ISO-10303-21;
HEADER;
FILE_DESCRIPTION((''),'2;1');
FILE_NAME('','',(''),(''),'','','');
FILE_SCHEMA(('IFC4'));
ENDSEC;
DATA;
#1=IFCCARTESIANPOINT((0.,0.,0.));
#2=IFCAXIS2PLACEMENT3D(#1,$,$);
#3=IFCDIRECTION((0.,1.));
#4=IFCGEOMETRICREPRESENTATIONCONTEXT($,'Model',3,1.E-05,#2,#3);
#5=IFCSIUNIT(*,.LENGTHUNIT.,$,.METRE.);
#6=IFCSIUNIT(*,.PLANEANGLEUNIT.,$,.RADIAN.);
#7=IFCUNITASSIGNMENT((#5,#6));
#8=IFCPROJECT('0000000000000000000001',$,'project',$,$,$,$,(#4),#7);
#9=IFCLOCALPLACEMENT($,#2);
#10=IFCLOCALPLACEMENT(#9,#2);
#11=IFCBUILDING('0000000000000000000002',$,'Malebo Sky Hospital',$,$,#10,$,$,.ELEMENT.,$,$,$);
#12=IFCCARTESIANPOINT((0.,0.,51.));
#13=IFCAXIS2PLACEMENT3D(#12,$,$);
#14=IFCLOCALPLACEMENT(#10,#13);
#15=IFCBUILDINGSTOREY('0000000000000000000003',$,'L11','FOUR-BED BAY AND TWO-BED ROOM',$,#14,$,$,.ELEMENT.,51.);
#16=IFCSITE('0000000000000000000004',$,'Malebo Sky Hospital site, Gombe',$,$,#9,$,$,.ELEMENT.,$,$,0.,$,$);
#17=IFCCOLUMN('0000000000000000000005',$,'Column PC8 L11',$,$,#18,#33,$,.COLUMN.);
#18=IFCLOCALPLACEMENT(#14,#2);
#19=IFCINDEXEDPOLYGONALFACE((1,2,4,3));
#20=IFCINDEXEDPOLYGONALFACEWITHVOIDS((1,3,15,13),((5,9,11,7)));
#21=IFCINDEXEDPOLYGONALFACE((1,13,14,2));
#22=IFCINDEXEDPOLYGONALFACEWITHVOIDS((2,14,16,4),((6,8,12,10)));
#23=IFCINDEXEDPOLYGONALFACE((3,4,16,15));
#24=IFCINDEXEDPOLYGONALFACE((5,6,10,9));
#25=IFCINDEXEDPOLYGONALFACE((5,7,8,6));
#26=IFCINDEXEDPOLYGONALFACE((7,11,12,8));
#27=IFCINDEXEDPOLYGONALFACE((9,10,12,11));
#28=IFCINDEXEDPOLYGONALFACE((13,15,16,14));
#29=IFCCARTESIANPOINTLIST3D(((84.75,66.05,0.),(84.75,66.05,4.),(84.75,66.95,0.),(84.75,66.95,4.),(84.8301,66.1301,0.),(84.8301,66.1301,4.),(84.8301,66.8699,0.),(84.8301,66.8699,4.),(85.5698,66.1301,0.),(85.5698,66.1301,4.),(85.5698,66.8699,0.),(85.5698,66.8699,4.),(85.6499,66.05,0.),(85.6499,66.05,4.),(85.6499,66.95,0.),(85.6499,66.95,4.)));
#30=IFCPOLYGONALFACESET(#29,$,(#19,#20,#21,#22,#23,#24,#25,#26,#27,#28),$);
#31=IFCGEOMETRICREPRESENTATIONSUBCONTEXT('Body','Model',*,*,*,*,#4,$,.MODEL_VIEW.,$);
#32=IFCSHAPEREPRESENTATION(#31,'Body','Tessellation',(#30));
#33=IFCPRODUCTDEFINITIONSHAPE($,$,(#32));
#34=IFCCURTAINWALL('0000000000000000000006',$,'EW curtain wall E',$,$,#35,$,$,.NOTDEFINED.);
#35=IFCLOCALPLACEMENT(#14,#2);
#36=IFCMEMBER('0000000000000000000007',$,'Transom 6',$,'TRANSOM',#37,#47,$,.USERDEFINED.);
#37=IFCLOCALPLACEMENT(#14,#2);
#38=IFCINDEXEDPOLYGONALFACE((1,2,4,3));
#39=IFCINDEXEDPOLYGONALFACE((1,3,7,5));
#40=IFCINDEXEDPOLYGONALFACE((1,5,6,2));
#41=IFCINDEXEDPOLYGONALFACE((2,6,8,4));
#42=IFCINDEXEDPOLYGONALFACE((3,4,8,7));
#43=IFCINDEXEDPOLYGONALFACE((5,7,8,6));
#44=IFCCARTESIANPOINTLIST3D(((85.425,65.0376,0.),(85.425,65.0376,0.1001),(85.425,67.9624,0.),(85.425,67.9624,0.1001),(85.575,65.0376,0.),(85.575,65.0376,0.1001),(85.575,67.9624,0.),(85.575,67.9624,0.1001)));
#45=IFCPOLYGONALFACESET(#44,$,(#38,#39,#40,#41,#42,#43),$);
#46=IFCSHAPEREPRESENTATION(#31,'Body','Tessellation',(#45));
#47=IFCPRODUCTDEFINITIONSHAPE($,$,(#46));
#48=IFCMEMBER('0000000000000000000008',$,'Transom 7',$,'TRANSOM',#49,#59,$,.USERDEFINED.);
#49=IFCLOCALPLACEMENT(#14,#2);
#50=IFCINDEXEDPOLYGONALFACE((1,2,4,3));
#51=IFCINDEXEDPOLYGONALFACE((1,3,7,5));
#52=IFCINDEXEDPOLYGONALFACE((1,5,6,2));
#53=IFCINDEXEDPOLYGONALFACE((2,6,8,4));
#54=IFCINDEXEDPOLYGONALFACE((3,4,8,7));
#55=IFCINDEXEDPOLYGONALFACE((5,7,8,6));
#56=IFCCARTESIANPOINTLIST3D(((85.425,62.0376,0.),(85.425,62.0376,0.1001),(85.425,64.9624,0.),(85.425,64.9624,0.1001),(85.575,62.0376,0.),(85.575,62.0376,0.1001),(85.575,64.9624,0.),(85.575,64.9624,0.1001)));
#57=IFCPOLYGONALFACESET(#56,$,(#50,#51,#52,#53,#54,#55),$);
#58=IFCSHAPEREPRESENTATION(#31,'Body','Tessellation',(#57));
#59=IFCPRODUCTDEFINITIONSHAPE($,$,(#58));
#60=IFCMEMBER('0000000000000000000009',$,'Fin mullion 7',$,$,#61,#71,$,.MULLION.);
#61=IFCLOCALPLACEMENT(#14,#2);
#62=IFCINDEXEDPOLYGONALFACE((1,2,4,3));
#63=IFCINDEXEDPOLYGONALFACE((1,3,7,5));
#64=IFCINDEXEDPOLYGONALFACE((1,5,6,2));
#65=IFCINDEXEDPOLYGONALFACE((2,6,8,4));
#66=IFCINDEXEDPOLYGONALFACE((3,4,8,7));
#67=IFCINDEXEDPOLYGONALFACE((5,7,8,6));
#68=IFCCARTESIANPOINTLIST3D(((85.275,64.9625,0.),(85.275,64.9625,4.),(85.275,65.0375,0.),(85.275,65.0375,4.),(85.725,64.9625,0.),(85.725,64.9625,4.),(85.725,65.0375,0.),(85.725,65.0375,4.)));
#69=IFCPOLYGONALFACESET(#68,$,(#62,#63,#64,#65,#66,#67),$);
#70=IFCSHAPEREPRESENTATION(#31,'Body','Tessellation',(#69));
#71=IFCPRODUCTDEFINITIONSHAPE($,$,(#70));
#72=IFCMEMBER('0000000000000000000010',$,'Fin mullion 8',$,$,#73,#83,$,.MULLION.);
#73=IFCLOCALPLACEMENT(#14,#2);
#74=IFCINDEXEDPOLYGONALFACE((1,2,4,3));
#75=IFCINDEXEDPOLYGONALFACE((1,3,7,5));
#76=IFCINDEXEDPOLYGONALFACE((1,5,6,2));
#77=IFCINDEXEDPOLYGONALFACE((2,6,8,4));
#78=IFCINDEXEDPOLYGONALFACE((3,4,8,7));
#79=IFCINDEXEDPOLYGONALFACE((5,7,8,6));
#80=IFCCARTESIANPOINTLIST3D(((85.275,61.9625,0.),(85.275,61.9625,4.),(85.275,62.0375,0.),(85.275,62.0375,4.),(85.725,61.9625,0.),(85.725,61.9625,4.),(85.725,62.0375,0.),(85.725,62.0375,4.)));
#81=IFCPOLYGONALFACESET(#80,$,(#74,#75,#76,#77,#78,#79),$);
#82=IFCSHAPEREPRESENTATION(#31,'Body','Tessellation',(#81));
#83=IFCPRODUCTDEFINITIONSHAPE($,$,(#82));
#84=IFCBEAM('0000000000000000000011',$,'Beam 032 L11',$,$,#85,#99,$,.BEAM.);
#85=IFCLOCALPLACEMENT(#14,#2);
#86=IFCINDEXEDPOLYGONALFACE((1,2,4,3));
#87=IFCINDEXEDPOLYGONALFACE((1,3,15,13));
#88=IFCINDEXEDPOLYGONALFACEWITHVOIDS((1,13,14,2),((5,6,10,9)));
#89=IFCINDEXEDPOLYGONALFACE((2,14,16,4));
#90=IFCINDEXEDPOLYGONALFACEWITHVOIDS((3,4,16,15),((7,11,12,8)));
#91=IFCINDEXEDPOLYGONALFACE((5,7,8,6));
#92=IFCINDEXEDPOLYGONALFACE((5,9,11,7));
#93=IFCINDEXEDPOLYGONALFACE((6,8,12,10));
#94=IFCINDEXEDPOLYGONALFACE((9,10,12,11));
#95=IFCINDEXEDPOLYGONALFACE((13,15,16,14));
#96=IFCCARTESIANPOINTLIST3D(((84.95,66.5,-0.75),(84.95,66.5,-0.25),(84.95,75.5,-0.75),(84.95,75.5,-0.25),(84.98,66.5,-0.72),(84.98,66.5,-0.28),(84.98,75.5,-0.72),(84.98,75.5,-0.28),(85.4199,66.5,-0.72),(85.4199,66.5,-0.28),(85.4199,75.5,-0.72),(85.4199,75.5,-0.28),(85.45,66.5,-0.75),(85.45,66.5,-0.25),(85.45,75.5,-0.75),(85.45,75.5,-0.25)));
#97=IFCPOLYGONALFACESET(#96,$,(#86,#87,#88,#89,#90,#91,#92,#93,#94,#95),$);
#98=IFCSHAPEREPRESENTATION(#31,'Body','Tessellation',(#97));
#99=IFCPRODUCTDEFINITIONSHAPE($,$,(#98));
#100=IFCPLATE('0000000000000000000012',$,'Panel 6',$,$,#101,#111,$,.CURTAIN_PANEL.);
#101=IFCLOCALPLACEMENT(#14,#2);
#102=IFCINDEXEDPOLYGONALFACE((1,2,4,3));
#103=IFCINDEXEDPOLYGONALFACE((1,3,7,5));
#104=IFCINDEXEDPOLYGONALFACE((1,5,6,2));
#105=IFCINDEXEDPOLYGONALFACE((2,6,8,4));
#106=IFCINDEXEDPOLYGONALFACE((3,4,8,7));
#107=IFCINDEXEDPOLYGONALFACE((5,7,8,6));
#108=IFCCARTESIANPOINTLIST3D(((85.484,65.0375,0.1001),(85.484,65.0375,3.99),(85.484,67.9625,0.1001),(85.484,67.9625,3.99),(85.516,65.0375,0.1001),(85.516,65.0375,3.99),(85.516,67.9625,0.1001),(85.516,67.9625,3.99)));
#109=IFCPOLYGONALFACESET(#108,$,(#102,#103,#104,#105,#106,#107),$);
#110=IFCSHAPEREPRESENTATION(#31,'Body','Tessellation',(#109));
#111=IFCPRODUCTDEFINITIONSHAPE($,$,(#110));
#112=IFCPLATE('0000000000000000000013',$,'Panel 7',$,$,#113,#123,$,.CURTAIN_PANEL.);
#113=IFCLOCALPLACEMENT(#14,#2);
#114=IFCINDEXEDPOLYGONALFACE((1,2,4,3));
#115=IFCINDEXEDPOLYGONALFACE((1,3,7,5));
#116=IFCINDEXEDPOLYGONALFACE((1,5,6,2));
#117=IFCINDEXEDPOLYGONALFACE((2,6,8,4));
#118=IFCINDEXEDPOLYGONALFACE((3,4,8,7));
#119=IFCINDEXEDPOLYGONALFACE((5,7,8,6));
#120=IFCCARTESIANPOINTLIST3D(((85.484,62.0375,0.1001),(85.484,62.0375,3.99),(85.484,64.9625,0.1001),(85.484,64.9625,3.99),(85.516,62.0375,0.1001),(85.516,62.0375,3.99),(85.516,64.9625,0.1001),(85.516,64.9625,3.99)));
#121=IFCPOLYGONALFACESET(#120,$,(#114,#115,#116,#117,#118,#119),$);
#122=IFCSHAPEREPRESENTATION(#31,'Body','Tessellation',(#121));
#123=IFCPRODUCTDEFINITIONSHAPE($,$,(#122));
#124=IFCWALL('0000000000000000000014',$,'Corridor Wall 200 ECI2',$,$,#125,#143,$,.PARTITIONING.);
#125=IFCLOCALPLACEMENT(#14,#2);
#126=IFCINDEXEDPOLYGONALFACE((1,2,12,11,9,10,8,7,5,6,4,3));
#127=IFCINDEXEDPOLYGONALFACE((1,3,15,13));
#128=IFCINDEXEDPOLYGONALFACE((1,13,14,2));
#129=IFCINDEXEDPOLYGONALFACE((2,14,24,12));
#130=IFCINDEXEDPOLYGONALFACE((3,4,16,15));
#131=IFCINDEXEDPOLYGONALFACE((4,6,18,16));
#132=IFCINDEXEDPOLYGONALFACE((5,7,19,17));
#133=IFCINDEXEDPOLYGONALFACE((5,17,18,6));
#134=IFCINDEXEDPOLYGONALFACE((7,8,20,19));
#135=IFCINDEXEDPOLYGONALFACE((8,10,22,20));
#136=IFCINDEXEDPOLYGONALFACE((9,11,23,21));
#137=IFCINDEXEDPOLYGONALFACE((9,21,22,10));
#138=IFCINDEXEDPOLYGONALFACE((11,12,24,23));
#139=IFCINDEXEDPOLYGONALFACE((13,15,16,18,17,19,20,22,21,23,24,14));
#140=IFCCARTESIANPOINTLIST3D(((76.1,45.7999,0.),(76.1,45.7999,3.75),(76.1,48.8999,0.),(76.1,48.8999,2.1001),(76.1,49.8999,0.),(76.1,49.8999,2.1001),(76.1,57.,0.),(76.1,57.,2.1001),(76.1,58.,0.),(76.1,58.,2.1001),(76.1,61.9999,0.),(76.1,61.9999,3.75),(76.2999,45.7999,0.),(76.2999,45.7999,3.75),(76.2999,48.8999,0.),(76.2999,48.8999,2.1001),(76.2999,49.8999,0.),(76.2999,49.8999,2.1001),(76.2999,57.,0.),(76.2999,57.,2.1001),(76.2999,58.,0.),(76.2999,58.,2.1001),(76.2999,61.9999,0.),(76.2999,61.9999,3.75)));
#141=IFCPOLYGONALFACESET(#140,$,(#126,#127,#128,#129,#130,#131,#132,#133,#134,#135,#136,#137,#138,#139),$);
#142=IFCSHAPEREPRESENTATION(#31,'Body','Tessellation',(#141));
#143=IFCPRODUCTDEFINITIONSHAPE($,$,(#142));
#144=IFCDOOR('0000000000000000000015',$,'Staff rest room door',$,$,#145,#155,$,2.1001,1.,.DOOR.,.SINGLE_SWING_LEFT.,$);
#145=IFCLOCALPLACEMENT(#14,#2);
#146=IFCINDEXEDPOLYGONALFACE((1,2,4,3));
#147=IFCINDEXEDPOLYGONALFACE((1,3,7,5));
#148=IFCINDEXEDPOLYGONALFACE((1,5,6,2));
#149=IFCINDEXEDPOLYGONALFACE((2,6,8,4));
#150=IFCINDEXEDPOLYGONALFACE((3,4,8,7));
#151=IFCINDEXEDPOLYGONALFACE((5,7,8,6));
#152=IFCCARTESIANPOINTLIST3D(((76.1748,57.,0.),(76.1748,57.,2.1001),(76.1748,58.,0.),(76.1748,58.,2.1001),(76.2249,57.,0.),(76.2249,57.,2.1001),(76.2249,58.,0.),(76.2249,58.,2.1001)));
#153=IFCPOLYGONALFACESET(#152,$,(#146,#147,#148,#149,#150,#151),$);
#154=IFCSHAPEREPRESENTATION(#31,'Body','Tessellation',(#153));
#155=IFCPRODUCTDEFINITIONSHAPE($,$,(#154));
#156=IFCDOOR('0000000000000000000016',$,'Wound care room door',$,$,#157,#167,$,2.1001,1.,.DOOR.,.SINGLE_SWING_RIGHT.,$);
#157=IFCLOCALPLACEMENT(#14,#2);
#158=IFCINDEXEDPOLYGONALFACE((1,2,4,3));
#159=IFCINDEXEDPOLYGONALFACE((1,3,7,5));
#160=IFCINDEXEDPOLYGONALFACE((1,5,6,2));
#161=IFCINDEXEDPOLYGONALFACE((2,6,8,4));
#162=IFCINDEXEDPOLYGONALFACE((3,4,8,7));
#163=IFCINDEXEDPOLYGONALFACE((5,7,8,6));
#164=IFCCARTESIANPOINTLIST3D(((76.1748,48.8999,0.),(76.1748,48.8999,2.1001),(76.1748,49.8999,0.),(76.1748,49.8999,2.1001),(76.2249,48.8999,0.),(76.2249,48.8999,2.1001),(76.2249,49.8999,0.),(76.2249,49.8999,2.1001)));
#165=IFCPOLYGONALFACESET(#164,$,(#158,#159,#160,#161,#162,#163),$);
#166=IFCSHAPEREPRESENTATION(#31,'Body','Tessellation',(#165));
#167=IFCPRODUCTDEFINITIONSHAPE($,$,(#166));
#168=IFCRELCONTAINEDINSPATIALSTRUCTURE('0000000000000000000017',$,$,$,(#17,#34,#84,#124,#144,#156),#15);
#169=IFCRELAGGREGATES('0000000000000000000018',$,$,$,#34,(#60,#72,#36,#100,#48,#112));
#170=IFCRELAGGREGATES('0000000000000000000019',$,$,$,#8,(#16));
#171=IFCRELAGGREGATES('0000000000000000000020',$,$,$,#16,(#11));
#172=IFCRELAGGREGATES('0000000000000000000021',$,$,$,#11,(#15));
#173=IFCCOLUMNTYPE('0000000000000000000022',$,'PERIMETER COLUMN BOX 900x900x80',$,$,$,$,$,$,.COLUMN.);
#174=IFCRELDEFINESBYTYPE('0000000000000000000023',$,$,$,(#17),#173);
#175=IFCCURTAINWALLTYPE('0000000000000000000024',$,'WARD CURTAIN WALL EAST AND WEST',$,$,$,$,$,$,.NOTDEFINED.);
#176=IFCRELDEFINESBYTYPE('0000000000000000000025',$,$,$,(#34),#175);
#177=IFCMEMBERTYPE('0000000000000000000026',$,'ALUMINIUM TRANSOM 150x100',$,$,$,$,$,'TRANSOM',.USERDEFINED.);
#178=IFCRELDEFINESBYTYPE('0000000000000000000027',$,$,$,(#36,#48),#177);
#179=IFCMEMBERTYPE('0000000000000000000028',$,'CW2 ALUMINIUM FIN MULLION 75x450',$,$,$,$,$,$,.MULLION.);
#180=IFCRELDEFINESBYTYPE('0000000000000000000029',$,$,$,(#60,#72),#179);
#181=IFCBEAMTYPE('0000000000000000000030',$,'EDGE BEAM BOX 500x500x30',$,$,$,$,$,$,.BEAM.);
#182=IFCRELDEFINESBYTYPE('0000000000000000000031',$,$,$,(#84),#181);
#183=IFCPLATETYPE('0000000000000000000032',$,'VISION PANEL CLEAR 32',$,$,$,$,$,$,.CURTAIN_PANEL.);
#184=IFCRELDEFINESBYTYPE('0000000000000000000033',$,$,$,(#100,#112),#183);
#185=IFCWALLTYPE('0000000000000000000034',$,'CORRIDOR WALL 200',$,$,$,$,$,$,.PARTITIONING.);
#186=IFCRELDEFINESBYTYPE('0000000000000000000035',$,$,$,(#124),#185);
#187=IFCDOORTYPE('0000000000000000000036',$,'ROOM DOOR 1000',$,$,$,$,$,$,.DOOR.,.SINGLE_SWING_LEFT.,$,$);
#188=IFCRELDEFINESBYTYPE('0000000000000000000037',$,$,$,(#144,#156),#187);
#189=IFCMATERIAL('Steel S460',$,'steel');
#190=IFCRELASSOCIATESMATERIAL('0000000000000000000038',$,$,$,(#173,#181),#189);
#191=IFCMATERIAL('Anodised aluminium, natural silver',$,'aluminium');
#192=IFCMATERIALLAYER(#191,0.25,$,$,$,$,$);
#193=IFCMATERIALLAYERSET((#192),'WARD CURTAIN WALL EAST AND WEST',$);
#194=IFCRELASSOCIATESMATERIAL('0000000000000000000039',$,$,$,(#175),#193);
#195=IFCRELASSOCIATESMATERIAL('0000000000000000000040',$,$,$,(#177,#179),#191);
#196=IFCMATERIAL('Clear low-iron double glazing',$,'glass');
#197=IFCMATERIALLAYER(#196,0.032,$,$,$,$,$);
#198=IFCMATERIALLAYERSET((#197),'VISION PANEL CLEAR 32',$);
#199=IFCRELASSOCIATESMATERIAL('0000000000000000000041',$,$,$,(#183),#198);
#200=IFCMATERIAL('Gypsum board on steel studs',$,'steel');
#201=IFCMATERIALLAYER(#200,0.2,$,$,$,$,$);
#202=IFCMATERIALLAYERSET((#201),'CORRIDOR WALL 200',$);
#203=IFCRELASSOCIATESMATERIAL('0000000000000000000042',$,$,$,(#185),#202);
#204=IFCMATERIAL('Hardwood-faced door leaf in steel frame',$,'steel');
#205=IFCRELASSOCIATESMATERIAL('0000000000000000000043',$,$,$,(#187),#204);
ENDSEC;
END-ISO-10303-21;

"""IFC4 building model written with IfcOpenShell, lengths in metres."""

from ifc_helpers import new_model, si_unit, direction, frame, frame_2d, origin, origin_2d, place, context, subcontext, project, spatial, rectangle, hollow_rectangle, extrude, material, layer, layer_set, material_profile, profile_set, type_object, element, fill, aggregate, save


model = new_model("IFC4")

# Units and contexts
model_context = context("Model", 3, precision=1e-05, world=origin(), true_north=direction((0.0, 1.0)))
body_context = subcontext(model_context, "Body", "Model", "MODEL_VIEW")
ifc_project = project(units=[si_unit("LENGTHUNIT", "METRE"), si_unit("PLANEANGLEUNIT", "RADIAN")], contexts=[model_context])

# Site, building, storey
site_placement = place(None, origin())
site = spatial("IfcSite", under=ifc_project, at=site_placement, Name="Malebo Sky Hospital site, Gombe", CompositionType="ELEMENT", RefElevation=0.0)
building_placement = place(site_placement, origin())
building = spatial("IfcBuilding", under=site, at=building_placement, Name="Malebo Sky Hospital", CompositionType="ELEMENT")
storey_placement = place(building_placement, frame((0.0, 0.0, 51.0)))
storey = spatial("IfcBuildingStorey", under=building, at=storey_placement, Name="L11", Description="FOUR-BED BAY AND TWO-BED ROOM", CompositionType="ELEMENT", Elevation=51.0)

# Column
ifc_material_1 = material(Name="Steel S460", Category="steel")
ifc_material_profile_1 = material_profile(ifc_material_1, hollow_rectangle(XDim=0.8999, YDim=0.8999, WallThickness=0.0801, at=origin_2d()), Name="BOX 900x900x80")
ifc_profile_set_1 = profile_set([ifc_material_profile_1], Name="Steel S460")
column_type = type_object("IfcColumnType", Name="PERIMETER COLUMN BOX 900x900x80", PredefinedType="COLUMN", material=ifc_profile_set_1)
column_placement = place(storey_placement, frame((85.2, 66.5, 0.0), z_axis=(0.0, 0.0, 1.0), x_axis=(1.0, 0.0, 0.0)))
element("IfcColumn", 1, at=column_placement, inside=storey, type_object=column_type, Name="Column PC8 L11", PredefinedType="COLUMN", context=body_context, shape_type="SweptSolid", body=[
    extrude(hollow_rectangle(XDim=0.8999, YDim=0.8999, WallThickness=0.0801, at=origin_2d()), origin(), (0.0, 0.0, 1.0), 4.0),
])

# Curtain wall, members
ifc_material_2 = material(Name="Anodised aluminium, natural silver", Category="aluminium")
ifc_layer_1 = layer(ifc_material_2, 0.25)
ifc_layer_set_1 = layer_set([ifc_layer_1], Name="WARD CURTAIN WALL EAST AND WEST")
curtain_wall_type = type_object("IfcCurtainWallType", Name="WARD CURTAIN WALL EAST AND WEST", PredefinedType="NOTDEFINED", material=ifc_layer_set_1)
curtain_wall_placement = place(storey_placement, origin())
curtain_wall = element("IfcCurtainWall", 2, at=curtain_wall_placement, inside=storey, type_object=curtain_wall_type, Name="EW curtain wall E", PredefinedType="NOTDEFINED")
ifc_material_profile_2 = material_profile(ifc_material_2, rectangle(XDim=0.1499, YDim=0.1001, at=origin_2d()), Name="ALUMINIUM TRANSOM 150x100")
ifc_profile_set_2 = profile_set([ifc_material_profile_2], Name="Anodised aluminium, natural silver")
member_type_1 = type_object("IfcMemberType", Name="ALUMINIUM TRANSOM 150x100", ElementType="TRANSOM", PredefinedType="USERDEFINED", material=ifc_profile_set_2)
member_1_placement = place(storey_placement, frame((85.5, 67.9624, 0.05), z_axis=(0.0, -1.0, 0.0), x_axis=(1.0, 0.0, 0.0)))
member_1 = element("IfcMember", 3, at=member_1_placement, type_object=member_type_1, Name="Transom 6", ObjectType="TRANSOM", PredefinedType="USERDEFINED", context=body_context, shape_type="SweptSolid", body=[
    extrude(rectangle(XDim=0.1499, YDim=0.1001, at=origin_2d()), origin(), (0.0, 0.0, 1.0), 2.9248),
])
member_2_placement = place(storey_placement, frame((85.5, 64.9624, 0.05), z_axis=(0.0, -1.0, 0.0), x_axis=(1.0, 0.0, 0.0)))
member_2 = element("IfcMember", 4, at=member_2_placement, type_object=member_type_1, Name="Transom 7", ObjectType="TRANSOM", PredefinedType="USERDEFINED", context=body_context, shape_type="SweptSolid", body=[
    extrude(rectangle(XDim=0.1499, YDim=0.1001, at=origin_2d()), origin(), (0.0, 0.0, 1.0), 2.9248),
])
ifc_material_profile_3 = material_profile(ifc_material_2, rectangle(XDim=0.075, YDim=0.45, at=origin_2d()), Name="CW2 ALUMINIUM FIN MULLION 75x450")
ifc_profile_set_3 = profile_set([ifc_material_profile_3], Name="Anodised aluminium, natural silver")
member_type_2 = type_object("IfcMemberType", Name="CW2 ALUMINIUM FIN MULLION 75x450", PredefinedType="MULLION", material=ifc_profile_set_3)
member_3_placement = place(storey_placement, frame((85.5, 65.0, 0.0), z_axis=(0.0, 0.0, 1.0), x_axis=(0.0, -1.0, 0.0)))
member_3 = element("IfcMember", 5, at=member_3_placement, type_object=member_type_2, Name="Fin mullion 7", PredefinedType="MULLION", context=body_context, shape_type="SweptSolid", body=[
    extrude(rectangle(XDim=0.075, YDim=0.45, at=origin_2d()), origin(), (0.0, 0.0, 1.0), 4.0),
])
member_4_placement = place(storey_placement, frame((85.5, 62.0, 0.0), z_axis=(0.0, 0.0, 1.0), x_axis=(0.0, -1.0, 0.0)))
member_4 = element("IfcMember", 6, at=member_4_placement, type_object=member_type_2, Name="Fin mullion 8", PredefinedType="MULLION", context=body_context, shape_type="SweptSolid", body=[
    extrude(rectangle(XDim=0.075, YDim=0.45, at=origin_2d()), origin(), (0.0, 0.0, 1.0), 4.0),
])

# Beam
ifc_material_profile_4 = material_profile(ifc_material_1, hollow_rectangle(XDim=0.5, YDim=0.5, WallThickness=0.03, at=origin_2d()), Name="BOX 500x500x30")
ifc_profile_set_4 = profile_set([ifc_material_profile_4], Name="Steel S460")
beam_type = type_object("IfcBeamType", Name="EDGE BEAM BOX 500x500x30", PredefinedType="BEAM", material=ifc_profile_set_4)
beam_placement = place(storey_placement, frame((85.2, 66.5, -0.5), z_axis=(0.0, 1.0, 0.0), x_axis=(-1.0, 0.0, 0.0)))
element("IfcBeam", 7, at=beam_placement, inside=storey, type_object=beam_type, Name="Beam 032 L11", PredefinedType="BEAM", context=body_context, shape_type="SweptSolid", body=[
    extrude(hollow_rectangle(XDim=0.5, YDim=0.5, WallThickness=0.03, at=origin_2d()), origin(), (0.0, 0.0, 1.0), 9.0),
])

# Plates
ifc_material_3 = material(Name="Clear low-iron double glazing", Category="glass")
ifc_layer_2 = layer(ifc_material_3, 0.032)
ifc_layer_set_2 = layer_set([ifc_layer_2], Name="VISION PANEL CLEAR 32")
plate_type = type_object("IfcPlateType", Name="VISION PANEL CLEAR 32", PredefinedType="CURTAIN_PANEL", material=ifc_layer_set_2)
plate_1_placement = place(storey_placement, frame((85.5, 66.5, 0.1001), z_axis=(0.0, 0.0, 1.0), x_axis=(0.0, -1.0, 0.0)))
plate_1 = element("IfcPlate", 8, at=plate_1_placement, type_object=plate_type, Name="Panel 6", PredefinedType="CURTAIN_PANEL", context=body_context, shape_type="SweptSolid", body=[
    extrude(rectangle(XDim=2.925, YDim=0.032, at=origin_2d()), origin(), (0.0, 0.0, 1.0), 3.8899),
])
plate_2_placement = place(storey_placement, frame((85.5, 63.5, 0.1001), z_axis=(0.0, 0.0, 1.0), x_axis=(0.0, -1.0, 0.0)))
plate_2 = element("IfcPlate", 9, at=plate_2_placement, type_object=plate_type, Name="Panel 7", PredefinedType="CURTAIN_PANEL", context=body_context, shape_type="SweptSolid", body=[
    extrude(rectangle(XDim=2.925, YDim=0.032, at=origin_2d()), origin(), (0.0, 0.0, 1.0), 3.8899),
])
aggregate(curtain_wall, [member_3, member_4, member_1, plate_1, member_2, plate_2])

# Wall, openings, doors
ifc_material_4 = material(Name="Gypsum board on steel studs", Category="steel")
ifc_layer_3 = layer(ifc_material_4, 0.2)
ifc_layer_set_3 = layer_set([ifc_layer_3], Name="CORRIDOR WALL 200")
wall_type_1 = type_object("IfcWallType", Name="CORRIDOR WALL 200", PredefinedType="PARTITIONING", material=ifc_layer_set_3)
wall_1_placement = place(storey_placement, frame((76.2, 62.0, 0.0), z_axis=(0.0, 0.0, 1.0), x_axis=(0.0, -1.0, 0.0)))
wall_1 = element("IfcWall", 10, at=wall_1_placement, inside=storey, type_object=wall_type_1, Name="Corridor Wall 200 ECI2", PredefinedType="PARTITIONING", context=body_context, shape_type="SweptSolid", body=[
    extrude(rectangle(XDim=16.2, YDim=0.2, at=frame_2d((8.1001, 0.0))), origin(), (0.0, 0.0, 1.0), 3.75),
])
opening_1_placement = place(wall_1_placement, frame((4.0, 0.0, 0.0)))
opening_1 = element("IfcOpeningElement", 11, at=opening_1_placement, cuts=wall_1, PredefinedType="OPENING", context=body_context, shape_type="SweptSolid", body=[
    extrude(rectangle(XDim=1.0, YDim=2.1001, at=frame_2d((0.5, 1.05))), frame((0.0, 0.1099, 0.0), z_axis=(0.0, -1.0, 0.0), x_axis=(1.0, 0.0, 0.0)), (0.0, 0.0, 1.0), 0.22),
])
opening_2_placement = place(wall_1_placement, frame((12.1001, 0.0, 0.0)))
opening_2 = element("IfcOpeningElement", 12, at=opening_2_placement, cuts=wall_1, PredefinedType="OPENING", context=body_context, shape_type="SweptSolid", body=[
    extrude(rectangle(XDim=1.0, YDim=2.1001, at=frame_2d((0.5, 1.05))), frame((0.0, 0.1099, 0.0), z_axis=(0.0, -1.0, 0.0), x_axis=(1.0, 0.0, 0.0)), (0.0, 0.0, 1.0), 0.22),
])
ifc_material_5 = material(Name="Hardwood-faced door leaf in steel frame", Category="steel")
door_type_1 = type_object("IfcDoorType", Name="ROOM DOOR 1000", OperationType="SINGLE_SWING_LEFT", PredefinedType="DOOR", material=ifc_material_5)
door_1_placement = place(opening_1_placement, origin())
door_1 = element("IfcDoor", 13, at=door_1_placement, inside=storey, type_object=door_type_1, Name="Staff rest room door", OperationType="SINGLE_SWING_LEFT", OverallHeight=2.1001, OverallWidth=1.0, PredefinedType="DOOR", context=body_context, shape_type="SweptSolid", body=[
    extrude(rectangle(XDim=1.0, YDim=2.1001, at=frame_2d((0.5, 1.05))), frame((0.0, 0.0249, 0.0), z_axis=(0.0, -1.0, 0.0), x_axis=(1.0, 0.0, 0.0)), (0.0, 0.0, 1.0), 0.05),
])
fill(opening_1, door_1)
door_2_placement = place(opening_2_placement, origin())
door_2 = element("IfcDoor", 14, at=door_2_placement, inside=storey, type_object=door_type_1, Name="Wound care room door", OperationType="SINGLE_SWING_RIGHT", OverallHeight=2.1001, OverallWidth=1.0, PredefinedType="DOOR", context=body_context, shape_type="SweptSolid", body=[
    extrude(rectangle(XDim=1.0, YDim=2.1001, at=frame_2d((0.5, 1.05))), frame((0.0, 0.0249, 0.0), z_axis=(0.0, -1.0, 0.0), x_axis=(1.0, 0.0, 0.0)), (0.0, 0.0, 1.0), 0.05),
])
fill(opening_2, door_2)

save(model, "model.ifc")
